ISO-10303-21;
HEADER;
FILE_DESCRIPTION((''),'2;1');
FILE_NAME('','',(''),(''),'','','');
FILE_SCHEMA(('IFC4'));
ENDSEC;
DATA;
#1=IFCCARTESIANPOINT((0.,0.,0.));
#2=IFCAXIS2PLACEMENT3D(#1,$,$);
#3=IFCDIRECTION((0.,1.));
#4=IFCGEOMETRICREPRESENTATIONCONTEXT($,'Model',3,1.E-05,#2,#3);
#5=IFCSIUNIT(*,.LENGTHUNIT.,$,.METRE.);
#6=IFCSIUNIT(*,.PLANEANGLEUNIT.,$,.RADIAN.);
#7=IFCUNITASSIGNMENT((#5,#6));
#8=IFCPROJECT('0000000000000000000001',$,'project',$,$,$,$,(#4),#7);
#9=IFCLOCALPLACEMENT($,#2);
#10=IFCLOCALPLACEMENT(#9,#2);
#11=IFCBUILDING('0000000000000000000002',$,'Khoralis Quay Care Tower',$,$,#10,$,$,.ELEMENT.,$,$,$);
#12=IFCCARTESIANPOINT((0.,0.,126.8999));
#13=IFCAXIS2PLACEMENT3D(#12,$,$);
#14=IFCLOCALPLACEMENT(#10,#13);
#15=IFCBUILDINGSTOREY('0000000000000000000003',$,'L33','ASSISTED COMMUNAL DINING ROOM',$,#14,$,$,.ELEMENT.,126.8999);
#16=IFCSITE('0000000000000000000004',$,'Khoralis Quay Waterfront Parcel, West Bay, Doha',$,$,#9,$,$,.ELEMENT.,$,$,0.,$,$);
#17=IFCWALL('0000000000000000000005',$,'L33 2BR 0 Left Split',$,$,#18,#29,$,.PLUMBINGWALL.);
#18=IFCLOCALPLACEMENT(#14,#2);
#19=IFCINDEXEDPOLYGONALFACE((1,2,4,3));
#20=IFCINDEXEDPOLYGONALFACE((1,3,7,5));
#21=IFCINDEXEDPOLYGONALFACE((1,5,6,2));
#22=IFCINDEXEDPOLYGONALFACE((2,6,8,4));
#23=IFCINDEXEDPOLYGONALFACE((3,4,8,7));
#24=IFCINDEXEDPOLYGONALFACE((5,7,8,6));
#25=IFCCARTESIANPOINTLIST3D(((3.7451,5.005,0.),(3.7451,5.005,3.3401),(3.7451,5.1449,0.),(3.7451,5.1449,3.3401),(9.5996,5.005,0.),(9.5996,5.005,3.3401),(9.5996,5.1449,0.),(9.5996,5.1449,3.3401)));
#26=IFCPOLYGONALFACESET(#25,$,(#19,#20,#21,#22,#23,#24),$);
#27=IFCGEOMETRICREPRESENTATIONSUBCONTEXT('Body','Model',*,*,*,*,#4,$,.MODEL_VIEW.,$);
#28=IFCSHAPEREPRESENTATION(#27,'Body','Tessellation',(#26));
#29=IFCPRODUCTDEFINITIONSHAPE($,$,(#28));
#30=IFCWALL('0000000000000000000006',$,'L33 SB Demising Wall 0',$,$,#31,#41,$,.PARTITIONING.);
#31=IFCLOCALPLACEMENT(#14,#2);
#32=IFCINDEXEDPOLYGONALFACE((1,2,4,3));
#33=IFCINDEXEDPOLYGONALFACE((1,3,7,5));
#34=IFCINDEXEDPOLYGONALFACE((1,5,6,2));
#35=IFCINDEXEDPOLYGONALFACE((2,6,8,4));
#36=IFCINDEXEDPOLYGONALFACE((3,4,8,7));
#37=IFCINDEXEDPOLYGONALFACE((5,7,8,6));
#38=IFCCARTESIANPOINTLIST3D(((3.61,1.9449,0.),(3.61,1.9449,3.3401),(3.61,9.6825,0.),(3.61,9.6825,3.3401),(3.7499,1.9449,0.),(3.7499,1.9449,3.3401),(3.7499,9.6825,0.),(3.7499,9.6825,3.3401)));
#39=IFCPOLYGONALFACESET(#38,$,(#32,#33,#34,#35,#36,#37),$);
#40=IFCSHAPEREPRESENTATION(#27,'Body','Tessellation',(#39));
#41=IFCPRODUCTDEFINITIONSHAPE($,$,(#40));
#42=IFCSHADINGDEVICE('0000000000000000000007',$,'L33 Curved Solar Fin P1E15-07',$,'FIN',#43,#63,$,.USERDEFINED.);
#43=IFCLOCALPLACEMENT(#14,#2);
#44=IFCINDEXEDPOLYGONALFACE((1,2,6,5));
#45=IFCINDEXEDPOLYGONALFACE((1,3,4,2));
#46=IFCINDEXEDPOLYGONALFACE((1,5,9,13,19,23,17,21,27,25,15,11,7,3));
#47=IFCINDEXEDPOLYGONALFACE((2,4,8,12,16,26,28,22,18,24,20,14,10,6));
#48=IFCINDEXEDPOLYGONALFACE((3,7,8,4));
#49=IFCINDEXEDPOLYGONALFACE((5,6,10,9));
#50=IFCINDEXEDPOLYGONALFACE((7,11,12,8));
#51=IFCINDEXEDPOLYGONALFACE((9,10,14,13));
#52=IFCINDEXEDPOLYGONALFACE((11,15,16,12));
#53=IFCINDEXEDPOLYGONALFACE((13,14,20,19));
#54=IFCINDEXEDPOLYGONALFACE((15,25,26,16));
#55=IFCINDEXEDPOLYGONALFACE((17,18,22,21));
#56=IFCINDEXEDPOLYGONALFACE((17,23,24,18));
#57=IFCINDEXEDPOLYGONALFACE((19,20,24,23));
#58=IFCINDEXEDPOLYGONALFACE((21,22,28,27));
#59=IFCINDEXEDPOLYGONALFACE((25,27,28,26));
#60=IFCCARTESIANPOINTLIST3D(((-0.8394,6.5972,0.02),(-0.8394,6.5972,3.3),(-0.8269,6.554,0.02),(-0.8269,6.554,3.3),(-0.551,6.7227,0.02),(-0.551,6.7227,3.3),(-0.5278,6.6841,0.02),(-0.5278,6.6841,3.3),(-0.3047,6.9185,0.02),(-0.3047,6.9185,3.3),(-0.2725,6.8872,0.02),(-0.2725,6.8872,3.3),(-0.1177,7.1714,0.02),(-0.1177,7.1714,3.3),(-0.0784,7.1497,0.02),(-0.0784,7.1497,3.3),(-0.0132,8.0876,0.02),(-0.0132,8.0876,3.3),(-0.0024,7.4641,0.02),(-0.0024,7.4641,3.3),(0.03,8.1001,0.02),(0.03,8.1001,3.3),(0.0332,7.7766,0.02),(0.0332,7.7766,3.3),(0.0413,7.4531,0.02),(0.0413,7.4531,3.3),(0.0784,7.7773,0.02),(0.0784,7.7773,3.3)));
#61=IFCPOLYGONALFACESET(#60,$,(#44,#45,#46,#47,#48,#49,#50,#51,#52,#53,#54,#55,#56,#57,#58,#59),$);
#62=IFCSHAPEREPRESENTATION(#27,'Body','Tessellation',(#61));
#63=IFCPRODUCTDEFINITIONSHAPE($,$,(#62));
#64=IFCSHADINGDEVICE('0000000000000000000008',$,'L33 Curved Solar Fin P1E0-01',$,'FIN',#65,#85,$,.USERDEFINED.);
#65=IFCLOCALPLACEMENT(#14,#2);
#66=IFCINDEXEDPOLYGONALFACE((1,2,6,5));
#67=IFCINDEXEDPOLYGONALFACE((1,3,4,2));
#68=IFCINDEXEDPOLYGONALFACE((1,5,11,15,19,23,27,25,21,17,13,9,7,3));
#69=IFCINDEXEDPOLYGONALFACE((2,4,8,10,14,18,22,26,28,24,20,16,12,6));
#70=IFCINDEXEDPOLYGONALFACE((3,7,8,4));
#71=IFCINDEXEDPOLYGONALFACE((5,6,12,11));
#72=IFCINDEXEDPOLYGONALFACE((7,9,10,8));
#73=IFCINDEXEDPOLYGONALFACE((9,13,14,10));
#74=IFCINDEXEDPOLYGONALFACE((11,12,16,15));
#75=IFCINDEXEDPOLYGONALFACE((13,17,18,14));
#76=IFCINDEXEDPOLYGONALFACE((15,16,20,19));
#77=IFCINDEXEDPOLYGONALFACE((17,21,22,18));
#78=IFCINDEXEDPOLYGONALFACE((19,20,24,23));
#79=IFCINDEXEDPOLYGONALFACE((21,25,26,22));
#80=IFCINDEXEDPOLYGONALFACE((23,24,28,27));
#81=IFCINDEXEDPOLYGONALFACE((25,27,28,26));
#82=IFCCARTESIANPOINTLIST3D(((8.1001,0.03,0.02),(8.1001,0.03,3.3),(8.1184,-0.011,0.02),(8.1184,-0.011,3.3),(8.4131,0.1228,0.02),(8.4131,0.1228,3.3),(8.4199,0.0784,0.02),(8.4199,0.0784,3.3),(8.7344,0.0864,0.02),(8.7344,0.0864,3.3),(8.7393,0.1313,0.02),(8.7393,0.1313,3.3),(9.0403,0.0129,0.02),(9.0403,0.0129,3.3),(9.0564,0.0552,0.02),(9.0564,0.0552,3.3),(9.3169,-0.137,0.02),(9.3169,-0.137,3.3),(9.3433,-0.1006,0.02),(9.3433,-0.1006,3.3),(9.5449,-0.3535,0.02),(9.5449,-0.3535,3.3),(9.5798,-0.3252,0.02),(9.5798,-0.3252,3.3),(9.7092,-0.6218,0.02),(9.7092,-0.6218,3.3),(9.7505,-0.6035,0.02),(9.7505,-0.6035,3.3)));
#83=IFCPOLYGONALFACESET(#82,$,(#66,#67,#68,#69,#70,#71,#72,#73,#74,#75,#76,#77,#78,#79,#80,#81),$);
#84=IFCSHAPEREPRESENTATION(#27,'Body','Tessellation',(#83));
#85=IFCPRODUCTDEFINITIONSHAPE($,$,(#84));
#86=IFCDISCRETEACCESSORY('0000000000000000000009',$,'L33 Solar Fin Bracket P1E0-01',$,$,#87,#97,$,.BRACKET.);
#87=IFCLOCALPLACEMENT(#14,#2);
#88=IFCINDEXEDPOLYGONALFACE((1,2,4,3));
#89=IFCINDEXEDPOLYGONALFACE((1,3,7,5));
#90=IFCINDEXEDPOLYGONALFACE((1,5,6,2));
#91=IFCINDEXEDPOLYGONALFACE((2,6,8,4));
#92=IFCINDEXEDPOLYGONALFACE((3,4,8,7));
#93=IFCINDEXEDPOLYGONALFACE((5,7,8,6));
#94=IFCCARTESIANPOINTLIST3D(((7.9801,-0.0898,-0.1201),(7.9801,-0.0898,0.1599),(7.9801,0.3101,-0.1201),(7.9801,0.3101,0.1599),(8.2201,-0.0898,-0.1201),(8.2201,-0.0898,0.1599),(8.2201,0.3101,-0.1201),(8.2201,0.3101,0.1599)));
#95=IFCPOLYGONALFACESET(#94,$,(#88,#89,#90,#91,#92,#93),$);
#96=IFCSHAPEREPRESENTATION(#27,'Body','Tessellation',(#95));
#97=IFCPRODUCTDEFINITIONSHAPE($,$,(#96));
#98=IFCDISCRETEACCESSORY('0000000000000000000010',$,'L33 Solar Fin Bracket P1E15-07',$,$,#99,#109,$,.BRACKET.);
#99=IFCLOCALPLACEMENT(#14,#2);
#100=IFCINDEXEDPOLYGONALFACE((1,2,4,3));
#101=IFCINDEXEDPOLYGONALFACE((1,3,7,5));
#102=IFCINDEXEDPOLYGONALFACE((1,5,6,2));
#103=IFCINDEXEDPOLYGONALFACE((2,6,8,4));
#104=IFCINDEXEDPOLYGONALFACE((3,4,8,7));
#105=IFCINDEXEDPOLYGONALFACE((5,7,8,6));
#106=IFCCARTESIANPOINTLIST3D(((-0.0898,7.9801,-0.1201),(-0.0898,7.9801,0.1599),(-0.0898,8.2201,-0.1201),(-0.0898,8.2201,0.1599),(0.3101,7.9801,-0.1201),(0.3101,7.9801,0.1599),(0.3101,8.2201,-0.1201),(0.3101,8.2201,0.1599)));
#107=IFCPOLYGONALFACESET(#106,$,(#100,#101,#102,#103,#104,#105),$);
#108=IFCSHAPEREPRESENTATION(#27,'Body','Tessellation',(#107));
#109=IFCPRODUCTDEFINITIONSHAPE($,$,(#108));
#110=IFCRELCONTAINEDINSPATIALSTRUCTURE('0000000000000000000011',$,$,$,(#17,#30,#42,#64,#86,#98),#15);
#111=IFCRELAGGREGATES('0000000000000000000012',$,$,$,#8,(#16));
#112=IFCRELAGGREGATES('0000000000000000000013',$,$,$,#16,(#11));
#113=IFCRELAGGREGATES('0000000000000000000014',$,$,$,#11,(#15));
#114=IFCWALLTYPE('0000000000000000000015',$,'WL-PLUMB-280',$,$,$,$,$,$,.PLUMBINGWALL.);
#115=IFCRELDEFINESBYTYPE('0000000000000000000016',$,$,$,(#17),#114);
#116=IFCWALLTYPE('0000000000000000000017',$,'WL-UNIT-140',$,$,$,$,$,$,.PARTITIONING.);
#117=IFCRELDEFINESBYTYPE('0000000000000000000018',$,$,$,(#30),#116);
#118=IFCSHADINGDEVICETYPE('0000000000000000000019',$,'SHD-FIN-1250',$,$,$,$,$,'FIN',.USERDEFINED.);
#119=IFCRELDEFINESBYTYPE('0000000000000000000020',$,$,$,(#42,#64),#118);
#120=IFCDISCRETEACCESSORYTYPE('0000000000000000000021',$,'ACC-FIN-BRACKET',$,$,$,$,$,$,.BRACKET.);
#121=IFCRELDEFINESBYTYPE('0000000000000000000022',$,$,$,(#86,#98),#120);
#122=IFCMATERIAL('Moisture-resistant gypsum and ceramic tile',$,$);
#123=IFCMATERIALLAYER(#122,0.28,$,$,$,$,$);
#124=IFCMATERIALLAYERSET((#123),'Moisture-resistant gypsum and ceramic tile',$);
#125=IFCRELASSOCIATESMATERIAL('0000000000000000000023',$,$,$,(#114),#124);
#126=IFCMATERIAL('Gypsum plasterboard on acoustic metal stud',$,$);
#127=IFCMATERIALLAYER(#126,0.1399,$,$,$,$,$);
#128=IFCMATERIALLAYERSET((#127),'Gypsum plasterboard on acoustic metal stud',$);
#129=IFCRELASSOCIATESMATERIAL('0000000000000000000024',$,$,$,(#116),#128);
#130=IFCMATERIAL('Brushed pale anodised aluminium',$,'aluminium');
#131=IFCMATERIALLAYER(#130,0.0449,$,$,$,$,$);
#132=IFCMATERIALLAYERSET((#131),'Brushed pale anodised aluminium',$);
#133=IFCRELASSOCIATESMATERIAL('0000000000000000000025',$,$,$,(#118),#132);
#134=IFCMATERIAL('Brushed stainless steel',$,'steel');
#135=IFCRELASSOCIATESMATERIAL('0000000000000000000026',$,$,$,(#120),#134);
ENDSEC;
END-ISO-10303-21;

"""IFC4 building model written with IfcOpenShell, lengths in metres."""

from ifc_helpers import new_model, si_unit, direction, frame, frame_2d, origin, origin_2d, place, context, subcontext, project, spatial, polyline, rectangle, outline, extrude, source, transform, mapped, material, layer, layer_set, type_object, element, save


model = new_model("IFC4")

# Units and contexts
model_context = context("Model", 3, precision=1e-05, world=origin(), true_north=direction((0.0, 1.0)))
body_context = subcontext(model_context, "Body", "Model", "MODEL_VIEW")
ifc_project = project(units=[si_unit("LENGTHUNIT", "METRE"), si_unit("PLANEANGLEUNIT", "RADIAN")], contexts=[model_context])

# Site, building, storey
site_placement = place(None, origin())
site = spatial("IfcSite", under=ifc_project, at=site_placement, Name="Khoralis Quay Waterfront Parcel, West Bay, Doha", CompositionType="ELEMENT", RefElevation=0.0)
building_placement = place(site_placement, origin())
building = spatial("IfcBuilding", under=site, at=building_placement, Name="Khoralis Quay Care Tower", CompositionType="ELEMENT")
storey_placement = place(building_placement, frame((0.0, 0.0, 126.8999)))
storey = spatial("IfcBuildingStorey", under=building, at=storey_placement, Name="L33", Description="ASSISTED COMMUNAL DINING ROOM", CompositionType="ELEMENT", Elevation=126.8999)

# Walls
ifc_material_1 = material(Name="Moisture-resistant gypsum and ceramic tile")
ifc_layer_1 = layer(ifc_material_1, 0.28)
ifc_layer_set_1 = layer_set([ifc_layer_1], Name="Moisture-resistant gypsum and ceramic tile")
wall_type_1 = type_object("IfcWallType", Name="WL-PLUMB-280", PredefinedType="PLUMBINGWALL", material=ifc_layer_set_1)
wall_1_placement = place(storey_placement, frame((3.7451, 5.075, 0.0), z_axis=(0.0, 0.0, 1.0), x_axis=(1.0, 0.0, 0.0)))
element("IfcWall", 1, at=wall_1_placement, inside=storey, type_object=wall_type_1, Name="L33 2BR 0 Left Split", PredefinedType="PLUMBINGWALL", context=body_context, shape_type="SweptSolid", body=[
    extrude(rectangle(XDim=5.8545, YDim=0.1399, at=frame_2d((2.9272, 0.0))), origin(), (0.0, 0.0, 1.0), 3.3401),
])
ifc_material_2 = material(Name="Gypsum plasterboard on acoustic metal stud")
ifc_layer_2 = layer(ifc_material_2, 0.1399)
ifc_layer_set_2 = layer_set([ifc_layer_2], Name="Gypsum plasterboard on acoustic metal stud")
wall_type_2 = type_object("IfcWallType", Name="WL-UNIT-140", PredefinedType="PARTITIONING", material=ifc_layer_set_2)
wall_2_placement = place(storey_placement, frame((3.6799, 1.9451, 0.0), z_axis=(0.0, 0.0, 1.0), x_axis=(0.0, 1.0, 0.0)))
element("IfcWall", 2, at=wall_2_placement, inside=storey, type_object=wall_type_2, Name="L33 SB Demising Wall 0", PredefinedType="PARTITIONING", context=body_context, shape_type="SweptSolid", body=[
    extrude(rectangle(XDim=7.7375, YDim=0.1399, at=frame_2d((3.8687, 0.0))), origin(), (0.0, 0.0, 1.0), 3.3401),
])

# Shading devices
ifc_material_3 = material(Name="Brushed pale anodised aluminium", Category="aluminium")
ifc_layer_3 = layer(ifc_material_3, 0.0449)
ifc_layer_set_3 = layer_set([ifc_layer_3], Name="Brushed pale anodised aluminium")
shading_device_type = type_object("IfcShadingDeviceType", Name="SHD-FIN-1250", ElementType="FIN", PredefinedType="USERDEFINED", material=ifc_layer_set_3)
shared_shape_1 = source(origin(), body_context, "Body", "SweptSolid", [
    extrude(outline(polyline([(0.0, 0.0), (-0.0483, 0.3228), (-0.0112, 0.647), (0.1084, 0.9504), (0.3025, 1.2129), (0.5579, 1.416), (0.8569, 1.5461), (0.8694, 1.5029), (0.5811, 1.3774), (0.3347, 1.1816), (0.1477, 0.9287), (0.0325, 0.636), (-0.0032, 0.3235), (0.0432, 0.0125), (0.0, 0.0)])), origin(), (0.0, 0.0, 1.0), 3.28),
])
shading_device_1_placement = place(storey_placement, frame((0.03, 8.1001, 0.02), z_axis=(0.0, 0.0, 1.0), x_axis=(-1.0, 0.0, 0.0)))
element("IfcShadingDevice", 3, at=shading_device_1_placement, inside=storey, type_object=shading_device_type, Name="L33 Curved Solar Fin P1E15-07", ObjectType="FIN", PredefinedType="USERDEFINED", context=body_context, shape_type="MappedRepresentation", body=[
    mapped(shared_shape_1, transform((0.0, 0.0, 0.0), scale=1.0)),
])
shared_shape_2 = source(origin(), body_context, "Body", "SweptSolid", [
    extrude(outline(polyline([(0.0, 0.0), (-0.0928, 0.313), (-0.1013, 0.6392), (-0.0251, 0.9563), (0.1306, 1.2432), (0.3552, 1.4797), (0.6335, 1.6504), (0.6519, 1.6091), (0.3835, 1.4448), (0.167, 1.2168), (0.0171, 0.9402), (-0.0564, 0.6343), (-0.0483, 0.3198), (0.041, 0.0183), (0.0, 0.0)])), origin(), (0.0, 0.0, 1.0), 3.28),
])
shading_device_2_placement = place(storey_placement, frame((8.1001, 0.03, 0.02), z_axis=(0.0, 0.0, 1.0), x_axis=(0.0, -1.0, 0.0)))
element("IfcShadingDevice", 4, at=shading_device_2_placement, inside=storey, type_object=shading_device_type, Name="L33 Curved Solar Fin P1E0-01", ObjectType="FIN", PredefinedType="USERDEFINED", context=body_context, shape_type="MappedRepresentation", body=[
    mapped(shared_shape_2, transform((0.0, 0.0, 0.0), scale=1.0)),
])

# Discrete accessories
ifc_material_4 = material(Name="Brushed stainless steel", Category="steel")
discrete_accessory_type = type_object("IfcDiscreteAccessoryType", Name="ACC-FIN-BRACKET", PredefinedType="BRACKET", material=ifc_material_4)
shared_shape_3 = source(origin(), body_context, "Body", "SweptSolid", [
    extrude(rectangle(XDim=0.3999, YDim=0.24, at=origin_2d()), origin(), (0.0, 0.0, 1.0), 0.28),
])
for number, where, z_axis, x_axis, name in (
    (5, (8.1001, 0.1101, -0.1201), (0.0, 0.0, 1.0), (0.0, -1.0, 0.0), "L33 Solar Fin Bracket P1E0-01"),
    (6, (0.1101, 8.1001, -0.1201), (0.0, 0.0, 1.0), (-1.0, 0.0, 0.0), "L33 Solar Fin Bracket P1E15-07"),
):
    element("IfcDiscreteAccessory", number, at=place(storey_placement, frame(where, z_axis=z_axis, x_axis=x_axis)), inside=storey, type_object=discrete_accessory_type, Name=name, PredefinedType="BRACKET", context=body_context, shape_type="MappedRepresentation", body=[
        mapped(shared_shape_3, transform((0.0, 0.0, 0.0), scale=1.0)),
    ])

save(model, "model.ifc")
